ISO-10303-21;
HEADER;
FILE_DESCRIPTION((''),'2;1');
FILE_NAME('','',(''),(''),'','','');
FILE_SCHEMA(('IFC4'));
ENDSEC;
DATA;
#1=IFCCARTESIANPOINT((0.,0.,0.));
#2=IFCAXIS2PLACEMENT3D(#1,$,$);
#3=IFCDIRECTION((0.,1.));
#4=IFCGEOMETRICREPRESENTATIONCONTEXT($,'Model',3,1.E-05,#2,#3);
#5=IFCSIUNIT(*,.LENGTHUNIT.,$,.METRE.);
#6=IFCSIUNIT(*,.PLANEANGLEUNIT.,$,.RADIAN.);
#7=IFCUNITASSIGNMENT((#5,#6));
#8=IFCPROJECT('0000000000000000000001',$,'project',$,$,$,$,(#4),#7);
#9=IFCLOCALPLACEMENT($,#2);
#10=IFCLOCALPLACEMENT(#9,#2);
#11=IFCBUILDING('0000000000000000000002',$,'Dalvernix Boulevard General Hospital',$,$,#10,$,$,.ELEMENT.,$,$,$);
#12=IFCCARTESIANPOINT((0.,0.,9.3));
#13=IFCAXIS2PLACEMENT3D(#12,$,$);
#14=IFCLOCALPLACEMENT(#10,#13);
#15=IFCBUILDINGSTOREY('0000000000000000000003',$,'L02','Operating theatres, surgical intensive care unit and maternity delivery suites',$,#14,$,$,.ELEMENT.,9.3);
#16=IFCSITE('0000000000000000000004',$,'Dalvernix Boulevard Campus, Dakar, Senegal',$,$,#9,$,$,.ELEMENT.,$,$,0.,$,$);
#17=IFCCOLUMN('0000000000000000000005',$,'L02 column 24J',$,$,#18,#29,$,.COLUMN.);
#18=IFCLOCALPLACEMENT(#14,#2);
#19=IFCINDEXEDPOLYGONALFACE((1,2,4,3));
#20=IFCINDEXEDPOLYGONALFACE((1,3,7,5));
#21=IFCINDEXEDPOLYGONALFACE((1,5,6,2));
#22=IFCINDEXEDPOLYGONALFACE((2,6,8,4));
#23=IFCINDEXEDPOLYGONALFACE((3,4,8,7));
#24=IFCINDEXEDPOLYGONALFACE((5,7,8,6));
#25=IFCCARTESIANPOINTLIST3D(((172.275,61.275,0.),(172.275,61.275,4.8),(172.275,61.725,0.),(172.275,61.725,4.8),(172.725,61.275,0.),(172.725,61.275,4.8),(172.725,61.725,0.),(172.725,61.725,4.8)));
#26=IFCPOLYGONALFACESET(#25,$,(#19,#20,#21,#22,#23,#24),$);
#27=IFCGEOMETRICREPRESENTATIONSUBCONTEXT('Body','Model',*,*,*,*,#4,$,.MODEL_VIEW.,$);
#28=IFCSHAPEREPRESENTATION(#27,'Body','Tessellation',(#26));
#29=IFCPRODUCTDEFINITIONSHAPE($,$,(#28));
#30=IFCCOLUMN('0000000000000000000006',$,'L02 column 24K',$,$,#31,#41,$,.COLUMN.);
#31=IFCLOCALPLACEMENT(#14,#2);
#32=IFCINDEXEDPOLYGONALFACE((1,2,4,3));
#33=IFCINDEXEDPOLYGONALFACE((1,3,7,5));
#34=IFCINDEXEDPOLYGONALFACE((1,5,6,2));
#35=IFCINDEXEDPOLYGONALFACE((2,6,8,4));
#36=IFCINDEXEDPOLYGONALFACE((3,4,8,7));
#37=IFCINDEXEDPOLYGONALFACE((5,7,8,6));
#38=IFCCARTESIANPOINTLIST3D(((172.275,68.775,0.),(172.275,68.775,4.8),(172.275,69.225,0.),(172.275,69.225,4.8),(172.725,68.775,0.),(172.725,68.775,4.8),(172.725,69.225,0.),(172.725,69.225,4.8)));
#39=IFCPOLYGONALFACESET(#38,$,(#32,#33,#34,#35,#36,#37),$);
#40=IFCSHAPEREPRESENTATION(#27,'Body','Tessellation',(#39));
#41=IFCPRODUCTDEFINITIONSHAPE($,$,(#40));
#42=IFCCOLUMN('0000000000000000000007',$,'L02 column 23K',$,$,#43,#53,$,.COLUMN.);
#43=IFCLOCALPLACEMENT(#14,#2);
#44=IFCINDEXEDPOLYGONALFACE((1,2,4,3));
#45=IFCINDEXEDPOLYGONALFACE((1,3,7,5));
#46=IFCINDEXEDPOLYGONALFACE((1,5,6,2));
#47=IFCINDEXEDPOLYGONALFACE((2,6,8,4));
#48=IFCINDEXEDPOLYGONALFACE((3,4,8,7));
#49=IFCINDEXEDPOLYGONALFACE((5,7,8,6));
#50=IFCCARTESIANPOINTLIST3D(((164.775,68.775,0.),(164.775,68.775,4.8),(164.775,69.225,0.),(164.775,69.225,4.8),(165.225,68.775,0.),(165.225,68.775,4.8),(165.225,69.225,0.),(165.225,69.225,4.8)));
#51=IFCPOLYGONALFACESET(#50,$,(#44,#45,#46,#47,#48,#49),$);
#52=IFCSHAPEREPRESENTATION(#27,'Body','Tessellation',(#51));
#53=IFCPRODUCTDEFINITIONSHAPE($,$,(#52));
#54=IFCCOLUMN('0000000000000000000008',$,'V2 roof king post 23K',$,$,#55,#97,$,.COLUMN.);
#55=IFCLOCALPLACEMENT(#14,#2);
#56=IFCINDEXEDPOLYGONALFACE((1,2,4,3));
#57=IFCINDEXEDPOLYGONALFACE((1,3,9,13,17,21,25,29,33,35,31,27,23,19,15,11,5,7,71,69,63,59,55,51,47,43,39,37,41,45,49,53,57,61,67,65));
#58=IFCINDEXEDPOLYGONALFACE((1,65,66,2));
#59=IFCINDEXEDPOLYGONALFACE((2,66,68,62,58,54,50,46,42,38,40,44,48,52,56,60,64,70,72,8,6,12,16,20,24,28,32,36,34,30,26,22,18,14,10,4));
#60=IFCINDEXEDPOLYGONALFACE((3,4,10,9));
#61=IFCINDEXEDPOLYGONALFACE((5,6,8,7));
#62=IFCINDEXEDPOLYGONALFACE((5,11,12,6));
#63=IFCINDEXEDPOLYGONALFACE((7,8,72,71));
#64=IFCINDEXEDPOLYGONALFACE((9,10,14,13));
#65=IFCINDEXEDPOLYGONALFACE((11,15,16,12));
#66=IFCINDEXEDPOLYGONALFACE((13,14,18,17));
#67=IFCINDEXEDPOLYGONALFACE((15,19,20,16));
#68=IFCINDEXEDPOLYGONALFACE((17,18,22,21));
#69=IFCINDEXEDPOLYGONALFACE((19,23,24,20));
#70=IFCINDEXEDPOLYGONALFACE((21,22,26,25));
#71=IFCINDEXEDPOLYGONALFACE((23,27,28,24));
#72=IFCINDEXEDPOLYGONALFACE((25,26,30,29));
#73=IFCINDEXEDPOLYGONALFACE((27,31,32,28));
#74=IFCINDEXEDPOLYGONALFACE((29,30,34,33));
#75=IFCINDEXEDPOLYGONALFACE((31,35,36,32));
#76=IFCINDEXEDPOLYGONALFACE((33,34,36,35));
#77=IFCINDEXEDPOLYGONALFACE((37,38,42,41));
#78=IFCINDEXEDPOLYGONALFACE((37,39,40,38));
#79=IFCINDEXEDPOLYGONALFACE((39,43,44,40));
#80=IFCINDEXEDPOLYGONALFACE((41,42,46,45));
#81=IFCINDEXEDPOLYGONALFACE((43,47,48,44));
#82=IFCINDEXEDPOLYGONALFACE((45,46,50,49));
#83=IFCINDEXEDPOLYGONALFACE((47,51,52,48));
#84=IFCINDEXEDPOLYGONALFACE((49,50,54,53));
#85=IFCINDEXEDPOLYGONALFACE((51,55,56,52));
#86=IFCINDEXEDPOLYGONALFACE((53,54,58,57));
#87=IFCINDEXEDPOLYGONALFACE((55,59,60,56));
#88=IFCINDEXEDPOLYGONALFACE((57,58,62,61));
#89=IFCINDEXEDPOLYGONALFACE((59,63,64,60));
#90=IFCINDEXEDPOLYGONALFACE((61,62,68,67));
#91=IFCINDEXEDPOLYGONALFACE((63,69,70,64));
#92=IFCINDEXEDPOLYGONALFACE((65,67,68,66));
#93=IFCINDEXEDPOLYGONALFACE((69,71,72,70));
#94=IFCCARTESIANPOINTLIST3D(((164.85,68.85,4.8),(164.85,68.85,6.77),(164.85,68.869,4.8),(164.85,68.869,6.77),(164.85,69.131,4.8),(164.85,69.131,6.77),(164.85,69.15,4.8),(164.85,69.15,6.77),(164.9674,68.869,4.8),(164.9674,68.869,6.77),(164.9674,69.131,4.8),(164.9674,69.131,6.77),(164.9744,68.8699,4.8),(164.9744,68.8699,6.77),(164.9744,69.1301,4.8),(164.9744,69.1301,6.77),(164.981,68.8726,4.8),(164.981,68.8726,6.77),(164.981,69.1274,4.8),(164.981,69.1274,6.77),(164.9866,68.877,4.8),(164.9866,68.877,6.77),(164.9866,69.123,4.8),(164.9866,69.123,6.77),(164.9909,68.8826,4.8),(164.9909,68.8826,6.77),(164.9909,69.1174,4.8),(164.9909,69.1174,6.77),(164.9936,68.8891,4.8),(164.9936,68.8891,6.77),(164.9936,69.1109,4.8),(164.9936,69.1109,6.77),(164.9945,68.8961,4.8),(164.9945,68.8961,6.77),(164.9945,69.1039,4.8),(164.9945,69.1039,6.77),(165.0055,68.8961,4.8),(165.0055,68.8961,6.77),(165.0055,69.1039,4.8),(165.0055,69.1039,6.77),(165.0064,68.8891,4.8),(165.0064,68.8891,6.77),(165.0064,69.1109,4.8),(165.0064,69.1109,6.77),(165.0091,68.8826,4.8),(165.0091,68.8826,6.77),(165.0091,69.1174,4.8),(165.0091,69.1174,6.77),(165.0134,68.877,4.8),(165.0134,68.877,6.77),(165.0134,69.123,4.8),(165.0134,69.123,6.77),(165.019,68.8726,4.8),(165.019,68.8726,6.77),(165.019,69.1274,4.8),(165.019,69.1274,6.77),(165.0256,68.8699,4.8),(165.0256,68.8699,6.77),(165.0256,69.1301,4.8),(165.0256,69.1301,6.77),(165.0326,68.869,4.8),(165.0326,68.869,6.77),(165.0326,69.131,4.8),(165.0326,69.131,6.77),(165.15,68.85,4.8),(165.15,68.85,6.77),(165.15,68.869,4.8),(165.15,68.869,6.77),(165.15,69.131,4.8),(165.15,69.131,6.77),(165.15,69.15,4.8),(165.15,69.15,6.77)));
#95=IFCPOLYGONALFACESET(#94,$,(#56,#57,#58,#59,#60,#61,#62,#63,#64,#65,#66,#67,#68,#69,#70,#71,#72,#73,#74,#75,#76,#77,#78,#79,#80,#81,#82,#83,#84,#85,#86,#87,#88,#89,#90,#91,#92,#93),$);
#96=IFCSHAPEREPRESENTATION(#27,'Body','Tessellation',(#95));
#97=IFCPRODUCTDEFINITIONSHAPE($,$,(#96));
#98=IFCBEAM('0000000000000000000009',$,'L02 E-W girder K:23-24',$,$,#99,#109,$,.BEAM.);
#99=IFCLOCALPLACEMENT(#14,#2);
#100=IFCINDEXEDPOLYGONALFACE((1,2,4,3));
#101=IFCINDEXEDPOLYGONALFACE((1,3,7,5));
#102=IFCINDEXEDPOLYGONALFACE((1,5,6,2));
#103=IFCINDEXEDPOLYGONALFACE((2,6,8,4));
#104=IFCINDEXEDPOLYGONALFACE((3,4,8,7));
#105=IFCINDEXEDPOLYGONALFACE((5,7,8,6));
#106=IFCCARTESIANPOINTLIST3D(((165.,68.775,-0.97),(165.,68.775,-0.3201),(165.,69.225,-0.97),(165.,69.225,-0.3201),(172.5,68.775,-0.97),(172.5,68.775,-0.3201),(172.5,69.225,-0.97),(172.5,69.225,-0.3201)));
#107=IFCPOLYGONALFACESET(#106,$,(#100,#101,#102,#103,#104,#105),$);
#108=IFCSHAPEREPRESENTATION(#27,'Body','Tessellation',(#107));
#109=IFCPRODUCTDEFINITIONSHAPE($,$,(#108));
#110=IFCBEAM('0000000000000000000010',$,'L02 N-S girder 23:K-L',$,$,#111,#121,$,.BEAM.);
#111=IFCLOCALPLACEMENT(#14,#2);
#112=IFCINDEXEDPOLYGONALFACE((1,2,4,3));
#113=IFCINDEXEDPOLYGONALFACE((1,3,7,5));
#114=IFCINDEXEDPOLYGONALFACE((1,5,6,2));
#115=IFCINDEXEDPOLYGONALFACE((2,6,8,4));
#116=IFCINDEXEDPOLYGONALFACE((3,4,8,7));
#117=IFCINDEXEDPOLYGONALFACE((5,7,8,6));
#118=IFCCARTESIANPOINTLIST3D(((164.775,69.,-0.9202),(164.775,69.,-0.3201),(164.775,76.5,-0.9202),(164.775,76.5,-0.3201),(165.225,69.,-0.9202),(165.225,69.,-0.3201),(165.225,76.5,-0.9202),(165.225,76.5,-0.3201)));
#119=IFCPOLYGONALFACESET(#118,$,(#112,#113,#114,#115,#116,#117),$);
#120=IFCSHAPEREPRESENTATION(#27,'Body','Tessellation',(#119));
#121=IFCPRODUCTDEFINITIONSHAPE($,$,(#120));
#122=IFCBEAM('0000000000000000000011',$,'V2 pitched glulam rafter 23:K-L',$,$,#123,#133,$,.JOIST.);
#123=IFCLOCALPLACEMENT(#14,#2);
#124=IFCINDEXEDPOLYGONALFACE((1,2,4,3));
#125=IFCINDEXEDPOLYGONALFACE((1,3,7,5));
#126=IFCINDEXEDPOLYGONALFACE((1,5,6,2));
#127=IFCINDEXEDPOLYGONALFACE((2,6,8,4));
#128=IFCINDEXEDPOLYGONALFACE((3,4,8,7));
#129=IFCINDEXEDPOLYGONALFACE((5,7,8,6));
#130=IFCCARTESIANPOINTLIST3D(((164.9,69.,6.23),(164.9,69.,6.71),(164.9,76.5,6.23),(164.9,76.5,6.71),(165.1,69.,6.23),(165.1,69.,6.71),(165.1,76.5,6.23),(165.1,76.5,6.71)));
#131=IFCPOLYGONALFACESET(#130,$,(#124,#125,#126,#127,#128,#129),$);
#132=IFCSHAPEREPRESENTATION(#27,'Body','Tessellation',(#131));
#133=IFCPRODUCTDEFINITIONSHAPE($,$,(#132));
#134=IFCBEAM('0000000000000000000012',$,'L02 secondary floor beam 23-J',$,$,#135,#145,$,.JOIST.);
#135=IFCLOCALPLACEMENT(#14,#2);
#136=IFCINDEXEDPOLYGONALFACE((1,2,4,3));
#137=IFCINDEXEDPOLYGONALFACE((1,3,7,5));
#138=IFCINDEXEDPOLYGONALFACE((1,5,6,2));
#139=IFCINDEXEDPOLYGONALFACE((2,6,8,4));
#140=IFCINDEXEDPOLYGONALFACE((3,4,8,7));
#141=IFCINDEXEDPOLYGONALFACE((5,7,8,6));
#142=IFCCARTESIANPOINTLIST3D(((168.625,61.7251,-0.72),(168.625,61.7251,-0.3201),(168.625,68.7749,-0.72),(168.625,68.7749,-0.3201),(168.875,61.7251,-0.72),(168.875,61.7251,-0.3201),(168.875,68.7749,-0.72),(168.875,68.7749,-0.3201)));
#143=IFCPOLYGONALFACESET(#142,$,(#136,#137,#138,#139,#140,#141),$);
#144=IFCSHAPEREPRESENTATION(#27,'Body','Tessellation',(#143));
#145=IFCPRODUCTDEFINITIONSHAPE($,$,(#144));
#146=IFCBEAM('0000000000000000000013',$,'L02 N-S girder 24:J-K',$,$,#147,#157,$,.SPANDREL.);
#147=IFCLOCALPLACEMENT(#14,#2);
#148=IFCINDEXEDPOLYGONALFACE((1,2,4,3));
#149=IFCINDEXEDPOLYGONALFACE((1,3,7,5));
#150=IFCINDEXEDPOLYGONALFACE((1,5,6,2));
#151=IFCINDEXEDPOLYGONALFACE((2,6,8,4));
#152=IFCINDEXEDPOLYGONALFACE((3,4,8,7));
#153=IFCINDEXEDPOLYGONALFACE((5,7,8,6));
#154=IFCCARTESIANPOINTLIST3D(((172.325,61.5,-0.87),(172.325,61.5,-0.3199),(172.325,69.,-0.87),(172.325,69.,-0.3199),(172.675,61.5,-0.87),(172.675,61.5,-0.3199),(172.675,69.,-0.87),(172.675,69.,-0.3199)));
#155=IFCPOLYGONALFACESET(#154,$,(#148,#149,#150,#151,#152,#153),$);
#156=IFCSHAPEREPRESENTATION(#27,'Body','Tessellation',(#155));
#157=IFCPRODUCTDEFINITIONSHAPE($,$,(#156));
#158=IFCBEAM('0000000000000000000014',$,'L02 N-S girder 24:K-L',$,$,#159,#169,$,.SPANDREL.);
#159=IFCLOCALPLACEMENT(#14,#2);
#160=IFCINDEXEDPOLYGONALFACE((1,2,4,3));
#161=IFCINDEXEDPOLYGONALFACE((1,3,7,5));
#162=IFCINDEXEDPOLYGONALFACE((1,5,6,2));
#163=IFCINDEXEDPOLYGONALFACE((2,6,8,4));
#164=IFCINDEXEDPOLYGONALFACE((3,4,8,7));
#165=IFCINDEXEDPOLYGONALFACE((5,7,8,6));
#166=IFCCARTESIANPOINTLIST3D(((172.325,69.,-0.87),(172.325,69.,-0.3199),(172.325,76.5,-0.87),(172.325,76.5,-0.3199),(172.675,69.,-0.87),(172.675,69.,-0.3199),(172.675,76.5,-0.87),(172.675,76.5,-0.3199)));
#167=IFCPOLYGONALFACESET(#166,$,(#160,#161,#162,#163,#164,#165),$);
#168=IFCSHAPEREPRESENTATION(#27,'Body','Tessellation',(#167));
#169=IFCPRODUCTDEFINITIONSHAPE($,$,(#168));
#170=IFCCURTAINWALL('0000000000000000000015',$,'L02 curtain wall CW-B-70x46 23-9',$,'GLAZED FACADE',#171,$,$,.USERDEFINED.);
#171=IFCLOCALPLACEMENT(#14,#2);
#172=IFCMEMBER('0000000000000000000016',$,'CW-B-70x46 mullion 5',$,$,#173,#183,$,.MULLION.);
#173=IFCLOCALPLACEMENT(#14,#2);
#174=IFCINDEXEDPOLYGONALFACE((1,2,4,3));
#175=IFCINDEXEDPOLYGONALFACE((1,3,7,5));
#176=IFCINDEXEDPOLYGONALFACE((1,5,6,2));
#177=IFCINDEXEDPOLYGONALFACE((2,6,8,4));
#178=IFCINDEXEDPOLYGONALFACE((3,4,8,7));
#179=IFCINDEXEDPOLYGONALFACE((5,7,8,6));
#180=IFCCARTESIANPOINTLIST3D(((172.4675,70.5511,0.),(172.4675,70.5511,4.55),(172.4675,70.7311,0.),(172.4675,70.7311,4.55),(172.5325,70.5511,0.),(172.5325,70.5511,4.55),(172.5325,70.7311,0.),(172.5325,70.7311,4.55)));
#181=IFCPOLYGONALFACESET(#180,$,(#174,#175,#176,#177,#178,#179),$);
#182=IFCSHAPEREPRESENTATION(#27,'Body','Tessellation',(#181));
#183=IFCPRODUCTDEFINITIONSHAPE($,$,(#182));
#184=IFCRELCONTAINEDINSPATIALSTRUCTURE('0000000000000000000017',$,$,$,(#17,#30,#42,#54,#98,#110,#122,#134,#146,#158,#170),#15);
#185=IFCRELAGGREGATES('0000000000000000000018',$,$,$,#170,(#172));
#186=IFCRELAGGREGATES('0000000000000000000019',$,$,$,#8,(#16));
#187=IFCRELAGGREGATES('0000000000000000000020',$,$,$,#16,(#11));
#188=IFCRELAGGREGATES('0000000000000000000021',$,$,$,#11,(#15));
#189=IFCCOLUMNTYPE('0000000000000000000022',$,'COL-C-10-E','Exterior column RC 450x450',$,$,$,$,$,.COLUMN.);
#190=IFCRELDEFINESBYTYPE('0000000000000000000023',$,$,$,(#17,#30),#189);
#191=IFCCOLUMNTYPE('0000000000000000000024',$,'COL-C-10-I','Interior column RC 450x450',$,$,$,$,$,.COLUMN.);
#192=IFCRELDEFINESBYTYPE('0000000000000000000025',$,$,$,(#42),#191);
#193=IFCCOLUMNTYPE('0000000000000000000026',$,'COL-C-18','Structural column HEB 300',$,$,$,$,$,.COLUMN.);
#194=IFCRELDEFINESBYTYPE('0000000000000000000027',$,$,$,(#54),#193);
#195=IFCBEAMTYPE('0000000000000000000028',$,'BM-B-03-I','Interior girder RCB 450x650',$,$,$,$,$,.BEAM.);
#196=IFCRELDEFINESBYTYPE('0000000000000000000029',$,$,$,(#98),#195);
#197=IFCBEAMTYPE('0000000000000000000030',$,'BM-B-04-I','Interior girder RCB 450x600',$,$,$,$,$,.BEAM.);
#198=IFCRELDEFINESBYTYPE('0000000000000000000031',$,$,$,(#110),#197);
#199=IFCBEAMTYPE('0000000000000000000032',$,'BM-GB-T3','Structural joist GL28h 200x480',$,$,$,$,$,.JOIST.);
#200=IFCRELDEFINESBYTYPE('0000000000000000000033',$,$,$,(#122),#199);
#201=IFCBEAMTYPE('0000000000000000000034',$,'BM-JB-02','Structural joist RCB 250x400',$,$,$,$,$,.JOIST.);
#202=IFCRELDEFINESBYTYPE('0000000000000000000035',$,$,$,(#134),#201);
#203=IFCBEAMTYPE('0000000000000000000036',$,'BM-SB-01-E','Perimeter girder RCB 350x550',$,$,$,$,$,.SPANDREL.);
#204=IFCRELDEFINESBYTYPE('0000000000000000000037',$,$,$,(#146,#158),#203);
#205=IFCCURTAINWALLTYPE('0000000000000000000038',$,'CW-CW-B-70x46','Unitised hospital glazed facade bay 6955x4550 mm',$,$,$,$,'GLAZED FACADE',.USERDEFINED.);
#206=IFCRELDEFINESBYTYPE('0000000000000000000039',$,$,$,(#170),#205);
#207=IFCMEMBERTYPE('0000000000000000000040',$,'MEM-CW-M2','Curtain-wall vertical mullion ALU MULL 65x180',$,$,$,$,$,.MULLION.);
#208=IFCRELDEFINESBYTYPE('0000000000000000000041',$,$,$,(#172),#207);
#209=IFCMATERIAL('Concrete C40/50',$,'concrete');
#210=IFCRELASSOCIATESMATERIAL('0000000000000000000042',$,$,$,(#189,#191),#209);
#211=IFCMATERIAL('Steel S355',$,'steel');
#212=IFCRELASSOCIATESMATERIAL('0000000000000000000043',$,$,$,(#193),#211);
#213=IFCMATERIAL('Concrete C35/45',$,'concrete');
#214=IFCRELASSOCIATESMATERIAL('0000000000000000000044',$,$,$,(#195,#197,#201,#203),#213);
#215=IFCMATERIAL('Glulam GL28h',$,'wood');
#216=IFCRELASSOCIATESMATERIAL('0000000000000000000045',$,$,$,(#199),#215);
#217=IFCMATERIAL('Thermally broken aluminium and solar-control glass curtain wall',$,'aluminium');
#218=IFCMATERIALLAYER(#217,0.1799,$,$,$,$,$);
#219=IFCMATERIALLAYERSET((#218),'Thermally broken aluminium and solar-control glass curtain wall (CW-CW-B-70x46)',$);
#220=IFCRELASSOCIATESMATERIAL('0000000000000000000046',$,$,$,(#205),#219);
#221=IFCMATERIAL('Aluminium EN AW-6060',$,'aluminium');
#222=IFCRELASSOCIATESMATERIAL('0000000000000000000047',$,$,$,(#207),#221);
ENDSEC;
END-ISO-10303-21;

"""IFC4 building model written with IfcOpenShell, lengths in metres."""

from ifc_helpers import new_model, si_unit, direction, frame, origin, origin_2d, place, context, subcontext, project, spatial, rectangle, i_section, extrude, material, layer, layer_set, material_profile, profile_set, type_object, element, aggregate, save


model = new_model("IFC4")

# Units and contexts
model_context = context("Model", 3, precision=1e-05, world=origin(), true_north=direction((0.0, 1.0)))
body_context = subcontext(model_context, "Body", "Model", "MODEL_VIEW")
ifc_project = project(units=[si_unit("LENGTHUNIT", "METRE"), si_unit("PLANEANGLEUNIT", "RADIAN")], contexts=[model_context])

# Site, building, storey
site_placement = place(None, origin())
site = spatial("IfcSite", under=ifc_project, at=site_placement, Name="Dalvernix Boulevard Campus, Dakar, Senegal", CompositionType="ELEMENT", RefElevation=0.0)
building_placement = place(site_placement, origin())
building = spatial("IfcBuilding", under=site, at=building_placement, Name="Dalvernix Boulevard General Hospital", CompositionType="ELEMENT")
storey_placement = place(building_placement, frame((0.0, 0.0, 9.3)))
storey = spatial("IfcBuildingStorey", under=building, at=storey_placement, Name="L02", Description="Operating theatres, surgical intensive care unit and maternity delivery suites", CompositionType="ELEMENT", Elevation=9.3)

# Columns
ifc_material_1 = material(Name="Concrete C40/50", Category="concrete")
ifc_material_profile_1 = material_profile(ifc_material_1, rectangle(XDim=0.45, YDim=0.45, at=origin_2d()), Name="RC 450x450")
ifc_profile_set_1 = profile_set([ifc_material_profile_1], Name="Concrete C40/50")
column_type_1 = type_object("IfcColumnType", Name="COL-C-10-E", Description="Exterior column RC 450x450", PredefinedType="COLUMN", material=ifc_profile_set_1)
for number, where, z_axis, x_axis, name in (
    (1, (172.5, 61.5, 0.0), (0.0, 0.0, 1.0), (1.0, 0.0, 0.0), "L02 column 24J"),
    (2, (172.5, 69.0, 0.0), (0.0, 0.0, 1.0), (1.0, 0.0, 0.0), "L02 column 24K"),
):
    element("IfcColumn", number, at=place(storey_placement, frame(where, z_axis=z_axis, x_axis=x_axis)), inside=storey, type_object=column_type_1, Name=name, PredefinedType="COLUMN", context=body_context, shape_type="SweptSolid", body=[
        extrude(rectangle(XDim=0.45, YDim=0.45, at=origin_2d()), origin(), (0.0, 0.0, 1.0), 4.8),
    ])
ifc_material_profile_2 = material_profile(ifc_material_1, rectangle(XDim=0.45, YDim=0.45, at=origin_2d()), Name="RC 450x450")
ifc_profile_set_2 = profile_set([ifc_material_profile_2], Name="Concrete C40/50")
column_type_2 = type_object("IfcColumnType", Name="COL-C-10-I", Description="Interior column RC 450x450", PredefinedType="COLUMN", material=ifc_profile_set_2)
column_1_placement = place(storey_placement, frame((165.0, 69.0, 0.0), z_axis=(0.0, 0.0, 1.0), x_axis=(1.0, 0.0, 0.0)))
element("IfcColumn", 3, at=column_1_placement, inside=storey, type_object=column_type_2, Name="L02 column 23K", PredefinedType="COLUMN", context=body_context, shape_type="SweptSolid", body=[
    extrude(rectangle(XDim=0.45, YDim=0.45, at=origin_2d()), origin(), (0.0, 0.0, 1.0), 4.8),
])
ifc_material_2 = material(Name="Steel S355", Category="steel")
ifc_material_profile_3 = material_profile(ifc_material_2, i_section(OverallWidth=0.3, OverallDepth=0.3, WebThickness=0.011, FlangeThickness=0.019, FilletRadius=0.0271, at=origin_2d()), Name="HEB 300")
ifc_profile_set_3 = profile_set([ifc_material_profile_3], Name="Steel S355")
column_type_3 = type_object("IfcColumnType", Name="COL-C-18", Description="Structural column HEB 300", PredefinedType="COLUMN", material=ifc_profile_set_3)
column_2_placement = place(storey_placement, frame((165.0, 69.0, 4.8), z_axis=(0.0, 0.0, 1.0), x_axis=(1.0, 0.0, 0.0)))
element("IfcColumn", 4, at=column_2_placement, inside=storey, type_object=column_type_3, Name="V2 roof king post 23K", PredefinedType="COLUMN", context=body_context, shape_type="SweptSolid", body=[
    extrude(i_section(OverallWidth=0.3, OverallDepth=0.3, WebThickness=0.011, FlangeThickness=0.019, FilletRadius=0.0271, at=origin_2d()), origin(), (0.0, 0.0, 1.0), 1.97),
])

# Beams
ifc_material_3 = material(Name="Concrete C35/45", Category="concrete")
ifc_material_profile_4 = material_profile(ifc_material_3, rectangle(XDim=0.45, YDim=0.6499, at=origin_2d()), Name="RCB 450x650")
ifc_profile_set_4 = profile_set([ifc_material_profile_4], Name="Concrete C35/45")
beam_type_1 = type_object("IfcBeamType", Name="BM-B-03-I", Description="Interior girder RCB 450x650", PredefinedType="BEAM", material=ifc_profile_set_4)
beam_1_placement = place(storey_placement, frame((165.0, 69.0, -0.645), z_axis=(1.0, 0.0, 0.0), x_axis=(0.0, 1.0, 0.0)))
element("IfcBeam", 5, at=beam_1_placement, inside=storey, type_object=beam_type_1, Name="L02 E-W girder K:23-24", PredefinedType="BEAM", context=body_context, shape_type="SweptSolid", body=[
    extrude(rectangle(XDim=0.45, YDim=0.6499, at=origin_2d()), origin(), (0.0, 0.0, 1.0), 7.5),
])
ifc_material_profile_5 = material_profile(ifc_material_3, rectangle(XDim=0.45, YDim=0.6001, at=origin_2d()), Name="RCB 450x600")
ifc_profile_set_5 = profile_set([ifc_material_profile_5], Name="Concrete C35/45")
beam_type_2 = type_object("IfcBeamType", Name="BM-B-04-I", Description="Interior girder RCB 450x600", PredefinedType="BEAM", material=ifc_profile_set_5)
beam_2_placement = place(storey_placement, frame((165.0, 69.0, -0.6201), z_axis=(0.0, 1.0, 0.0), x_axis=(-1.0, 0.0, 0.0)))
element("IfcBeam", 6, at=beam_2_placement, inside=storey, type_object=beam_type_2, Name="L02 N-S girder 23:K-L", PredefinedType="BEAM", context=body_context, shape_type="SweptSolid", body=[
    extrude(rectangle(XDim=0.45, YDim=0.6001, at=origin_2d()), origin(), (0.0, 0.0, 1.0), 7.5),
])
ifc_material_4 = material(Name="Glulam GL28h", Category="wood")
ifc_material_profile_6 = material_profile(ifc_material_4, rectangle(XDim=0.2, YDim=0.48, at=origin_2d()), Name="GL28h 200x480")
ifc_profile_set_6 = profile_set([ifc_material_profile_6], Name="Glulam GL28h")
beam_type_3 = type_object("IfcBeamType", Name="BM-GB-T3", Description="Structural joist GL28h 200x480", PredefinedType="JOIST", material=ifc_profile_set_6)
beam_3_placement = place(storey_placement, frame((165.0, 69.0, 6.47), z_axis=(0.0, 1.0, 0.0), x_axis=(-1.0, 0.0, 0.0)))
element("IfcBeam", 7, at=beam_3_placement, inside=storey, type_object=beam_type_3, Name="V2 pitched glulam rafter 23:K-L", PredefinedType="JOIST", context=body_context, shape_type="SweptSolid", body=[
    extrude(rectangle(XDim=0.2, YDim=0.48, at=origin_2d()), origin(), (0.0, 0.0, 1.0), 7.5),
])
ifc_material_profile_7 = material_profile(ifc_material_3, rectangle(XDim=0.25, YDim=0.3999, at=origin_2d()), Name="RCB 250x400")
ifc_profile_set_7 = profile_set([ifc_material_profile_7], Name="Concrete C35/45")
beam_type_4 = type_object("IfcBeamType", Name="BM-JB-02", Description="Structural joist RCB 250x400", PredefinedType="JOIST", material=ifc_profile_set_7)
beam_4_placement = place(storey_placement, frame((168.75, 61.7251, -0.52), z_axis=(0.0, 1.0, 0.0), x_axis=(-1.0, 0.0, 0.0)))
element("IfcBeam", 8, at=beam_4_placement, inside=storey, type_object=beam_type_4, Name="L02 secondary floor beam 23-J", PredefinedType="JOIST", context=body_context, shape_type="SweptSolid", body=[
    extrude(rectangle(XDim=0.25, YDim=0.3999, at=origin_2d()), origin(), (0.0, 0.0, 1.0), 7.0498),
])
ifc_material_profile_8 = material_profile(ifc_material_3, rectangle(XDim=0.3501, YDim=0.55, at=origin_2d()), Name="RCB 350x550")
ifc_profile_set_8 = profile_set([ifc_material_profile_8], Name="Concrete C35/45")
beam_type_5 = type_object("IfcBeamType", Name="BM-SB-01-E", Description="Perimeter girder RCB 350x550", PredefinedType="SPANDREL", material=ifc_profile_set_8)
for number, where, z_axis, x_axis, name in (
    (9, (172.5, 61.5, -0.595), (0.0, 1.0, 0.0), (-1.0, 0.0, 0.0), "L02 N-S girder 24:J-K"),
    (10, (172.5, 69.0, -0.595), (0.0, 1.0, 0.0), (-1.0, 0.0, 0.0), "L02 N-S girder 24:K-L"),
):
    element("IfcBeam", number, at=place(storey_placement, frame(where, z_axis=z_axis, x_axis=x_axis)), inside=storey, type_object=beam_type_5, Name=name, PredefinedType="SPANDREL", context=body_context, shape_type="SweptSolid", body=[
        extrude(rectangle(XDim=0.3501, YDim=0.55, at=origin_2d()), origin(), (0.0, 0.0, 1.0), 7.5),
    ])

# Curtain wall, member
ifc_material_5 = material(Name="Thermally broken aluminium and solar-control glass curtain wall", Category="aluminium")
ifc_layer_1 = layer(ifc_material_5, 0.1799)
ifc_layer_set_1 = layer_set([ifc_layer_1], Name="Thermally broken aluminium and solar-control glass curtain wall (CW-CW-B-70x46)")
curtain_wall_type = type_object("IfcCurtainWallType", Name="CW-CW-B-70x46", Description="Unitised hospital glazed facade bay 6955x4550 mm", ElementType="GLAZED FACADE", PredefinedType="USERDEFINED", material=ifc_layer_set_1)
curtain_wall_placement = place(storey_placement, origin())
curtain_wall = element("IfcCurtainWall", 11, at=curtain_wall_placement, inside=storey, type_object=curtain_wall_type, Name="L02 curtain wall CW-B-70x46 23-9", ObjectType="GLAZED FACADE", PredefinedType="USERDEFINED")
ifc_material_6 = material(Name="Aluminium EN AW-6060", Category="aluminium")
ifc_material_profile_9 = material_profile(ifc_material_6, rectangle(XDim=0.0649, YDim=0.1799, at=origin_2d()), Name="ALU MULL 65x180")
ifc_profile_set_9 = profile_set([ifc_material_profile_9], Name="Aluminium EN AW-6060")
member_type_1 = type_object("IfcMemberType", Name="MEM-CW-M2", Description="Curtain-wall vertical mullion ALU MULL 65x180", PredefinedType="MULLION", material=ifc_profile_set_9)
member_1_placement = place(storey_placement, frame((172.5, 70.6411, 0.0), z_axis=(0.0, 0.0, 1.0), x_axis=(1.0, 0.0, 0.0)))
member_1 = element("IfcMember", 12, at=member_1_placement, type_object=member_type_1, Name="CW-B-70x46 mullion 5", PredefinedType="MULLION", context=body_context, shape_type="SweptSolid", body=[
    extrude(rectangle(XDim=0.0649, YDim=0.1799, at=origin_2d()), origin(), (0.0, 0.0, 1.0), 4.55),
])
aggregate(curtain_wall, [member_1])

save(model, "model.ifc")
